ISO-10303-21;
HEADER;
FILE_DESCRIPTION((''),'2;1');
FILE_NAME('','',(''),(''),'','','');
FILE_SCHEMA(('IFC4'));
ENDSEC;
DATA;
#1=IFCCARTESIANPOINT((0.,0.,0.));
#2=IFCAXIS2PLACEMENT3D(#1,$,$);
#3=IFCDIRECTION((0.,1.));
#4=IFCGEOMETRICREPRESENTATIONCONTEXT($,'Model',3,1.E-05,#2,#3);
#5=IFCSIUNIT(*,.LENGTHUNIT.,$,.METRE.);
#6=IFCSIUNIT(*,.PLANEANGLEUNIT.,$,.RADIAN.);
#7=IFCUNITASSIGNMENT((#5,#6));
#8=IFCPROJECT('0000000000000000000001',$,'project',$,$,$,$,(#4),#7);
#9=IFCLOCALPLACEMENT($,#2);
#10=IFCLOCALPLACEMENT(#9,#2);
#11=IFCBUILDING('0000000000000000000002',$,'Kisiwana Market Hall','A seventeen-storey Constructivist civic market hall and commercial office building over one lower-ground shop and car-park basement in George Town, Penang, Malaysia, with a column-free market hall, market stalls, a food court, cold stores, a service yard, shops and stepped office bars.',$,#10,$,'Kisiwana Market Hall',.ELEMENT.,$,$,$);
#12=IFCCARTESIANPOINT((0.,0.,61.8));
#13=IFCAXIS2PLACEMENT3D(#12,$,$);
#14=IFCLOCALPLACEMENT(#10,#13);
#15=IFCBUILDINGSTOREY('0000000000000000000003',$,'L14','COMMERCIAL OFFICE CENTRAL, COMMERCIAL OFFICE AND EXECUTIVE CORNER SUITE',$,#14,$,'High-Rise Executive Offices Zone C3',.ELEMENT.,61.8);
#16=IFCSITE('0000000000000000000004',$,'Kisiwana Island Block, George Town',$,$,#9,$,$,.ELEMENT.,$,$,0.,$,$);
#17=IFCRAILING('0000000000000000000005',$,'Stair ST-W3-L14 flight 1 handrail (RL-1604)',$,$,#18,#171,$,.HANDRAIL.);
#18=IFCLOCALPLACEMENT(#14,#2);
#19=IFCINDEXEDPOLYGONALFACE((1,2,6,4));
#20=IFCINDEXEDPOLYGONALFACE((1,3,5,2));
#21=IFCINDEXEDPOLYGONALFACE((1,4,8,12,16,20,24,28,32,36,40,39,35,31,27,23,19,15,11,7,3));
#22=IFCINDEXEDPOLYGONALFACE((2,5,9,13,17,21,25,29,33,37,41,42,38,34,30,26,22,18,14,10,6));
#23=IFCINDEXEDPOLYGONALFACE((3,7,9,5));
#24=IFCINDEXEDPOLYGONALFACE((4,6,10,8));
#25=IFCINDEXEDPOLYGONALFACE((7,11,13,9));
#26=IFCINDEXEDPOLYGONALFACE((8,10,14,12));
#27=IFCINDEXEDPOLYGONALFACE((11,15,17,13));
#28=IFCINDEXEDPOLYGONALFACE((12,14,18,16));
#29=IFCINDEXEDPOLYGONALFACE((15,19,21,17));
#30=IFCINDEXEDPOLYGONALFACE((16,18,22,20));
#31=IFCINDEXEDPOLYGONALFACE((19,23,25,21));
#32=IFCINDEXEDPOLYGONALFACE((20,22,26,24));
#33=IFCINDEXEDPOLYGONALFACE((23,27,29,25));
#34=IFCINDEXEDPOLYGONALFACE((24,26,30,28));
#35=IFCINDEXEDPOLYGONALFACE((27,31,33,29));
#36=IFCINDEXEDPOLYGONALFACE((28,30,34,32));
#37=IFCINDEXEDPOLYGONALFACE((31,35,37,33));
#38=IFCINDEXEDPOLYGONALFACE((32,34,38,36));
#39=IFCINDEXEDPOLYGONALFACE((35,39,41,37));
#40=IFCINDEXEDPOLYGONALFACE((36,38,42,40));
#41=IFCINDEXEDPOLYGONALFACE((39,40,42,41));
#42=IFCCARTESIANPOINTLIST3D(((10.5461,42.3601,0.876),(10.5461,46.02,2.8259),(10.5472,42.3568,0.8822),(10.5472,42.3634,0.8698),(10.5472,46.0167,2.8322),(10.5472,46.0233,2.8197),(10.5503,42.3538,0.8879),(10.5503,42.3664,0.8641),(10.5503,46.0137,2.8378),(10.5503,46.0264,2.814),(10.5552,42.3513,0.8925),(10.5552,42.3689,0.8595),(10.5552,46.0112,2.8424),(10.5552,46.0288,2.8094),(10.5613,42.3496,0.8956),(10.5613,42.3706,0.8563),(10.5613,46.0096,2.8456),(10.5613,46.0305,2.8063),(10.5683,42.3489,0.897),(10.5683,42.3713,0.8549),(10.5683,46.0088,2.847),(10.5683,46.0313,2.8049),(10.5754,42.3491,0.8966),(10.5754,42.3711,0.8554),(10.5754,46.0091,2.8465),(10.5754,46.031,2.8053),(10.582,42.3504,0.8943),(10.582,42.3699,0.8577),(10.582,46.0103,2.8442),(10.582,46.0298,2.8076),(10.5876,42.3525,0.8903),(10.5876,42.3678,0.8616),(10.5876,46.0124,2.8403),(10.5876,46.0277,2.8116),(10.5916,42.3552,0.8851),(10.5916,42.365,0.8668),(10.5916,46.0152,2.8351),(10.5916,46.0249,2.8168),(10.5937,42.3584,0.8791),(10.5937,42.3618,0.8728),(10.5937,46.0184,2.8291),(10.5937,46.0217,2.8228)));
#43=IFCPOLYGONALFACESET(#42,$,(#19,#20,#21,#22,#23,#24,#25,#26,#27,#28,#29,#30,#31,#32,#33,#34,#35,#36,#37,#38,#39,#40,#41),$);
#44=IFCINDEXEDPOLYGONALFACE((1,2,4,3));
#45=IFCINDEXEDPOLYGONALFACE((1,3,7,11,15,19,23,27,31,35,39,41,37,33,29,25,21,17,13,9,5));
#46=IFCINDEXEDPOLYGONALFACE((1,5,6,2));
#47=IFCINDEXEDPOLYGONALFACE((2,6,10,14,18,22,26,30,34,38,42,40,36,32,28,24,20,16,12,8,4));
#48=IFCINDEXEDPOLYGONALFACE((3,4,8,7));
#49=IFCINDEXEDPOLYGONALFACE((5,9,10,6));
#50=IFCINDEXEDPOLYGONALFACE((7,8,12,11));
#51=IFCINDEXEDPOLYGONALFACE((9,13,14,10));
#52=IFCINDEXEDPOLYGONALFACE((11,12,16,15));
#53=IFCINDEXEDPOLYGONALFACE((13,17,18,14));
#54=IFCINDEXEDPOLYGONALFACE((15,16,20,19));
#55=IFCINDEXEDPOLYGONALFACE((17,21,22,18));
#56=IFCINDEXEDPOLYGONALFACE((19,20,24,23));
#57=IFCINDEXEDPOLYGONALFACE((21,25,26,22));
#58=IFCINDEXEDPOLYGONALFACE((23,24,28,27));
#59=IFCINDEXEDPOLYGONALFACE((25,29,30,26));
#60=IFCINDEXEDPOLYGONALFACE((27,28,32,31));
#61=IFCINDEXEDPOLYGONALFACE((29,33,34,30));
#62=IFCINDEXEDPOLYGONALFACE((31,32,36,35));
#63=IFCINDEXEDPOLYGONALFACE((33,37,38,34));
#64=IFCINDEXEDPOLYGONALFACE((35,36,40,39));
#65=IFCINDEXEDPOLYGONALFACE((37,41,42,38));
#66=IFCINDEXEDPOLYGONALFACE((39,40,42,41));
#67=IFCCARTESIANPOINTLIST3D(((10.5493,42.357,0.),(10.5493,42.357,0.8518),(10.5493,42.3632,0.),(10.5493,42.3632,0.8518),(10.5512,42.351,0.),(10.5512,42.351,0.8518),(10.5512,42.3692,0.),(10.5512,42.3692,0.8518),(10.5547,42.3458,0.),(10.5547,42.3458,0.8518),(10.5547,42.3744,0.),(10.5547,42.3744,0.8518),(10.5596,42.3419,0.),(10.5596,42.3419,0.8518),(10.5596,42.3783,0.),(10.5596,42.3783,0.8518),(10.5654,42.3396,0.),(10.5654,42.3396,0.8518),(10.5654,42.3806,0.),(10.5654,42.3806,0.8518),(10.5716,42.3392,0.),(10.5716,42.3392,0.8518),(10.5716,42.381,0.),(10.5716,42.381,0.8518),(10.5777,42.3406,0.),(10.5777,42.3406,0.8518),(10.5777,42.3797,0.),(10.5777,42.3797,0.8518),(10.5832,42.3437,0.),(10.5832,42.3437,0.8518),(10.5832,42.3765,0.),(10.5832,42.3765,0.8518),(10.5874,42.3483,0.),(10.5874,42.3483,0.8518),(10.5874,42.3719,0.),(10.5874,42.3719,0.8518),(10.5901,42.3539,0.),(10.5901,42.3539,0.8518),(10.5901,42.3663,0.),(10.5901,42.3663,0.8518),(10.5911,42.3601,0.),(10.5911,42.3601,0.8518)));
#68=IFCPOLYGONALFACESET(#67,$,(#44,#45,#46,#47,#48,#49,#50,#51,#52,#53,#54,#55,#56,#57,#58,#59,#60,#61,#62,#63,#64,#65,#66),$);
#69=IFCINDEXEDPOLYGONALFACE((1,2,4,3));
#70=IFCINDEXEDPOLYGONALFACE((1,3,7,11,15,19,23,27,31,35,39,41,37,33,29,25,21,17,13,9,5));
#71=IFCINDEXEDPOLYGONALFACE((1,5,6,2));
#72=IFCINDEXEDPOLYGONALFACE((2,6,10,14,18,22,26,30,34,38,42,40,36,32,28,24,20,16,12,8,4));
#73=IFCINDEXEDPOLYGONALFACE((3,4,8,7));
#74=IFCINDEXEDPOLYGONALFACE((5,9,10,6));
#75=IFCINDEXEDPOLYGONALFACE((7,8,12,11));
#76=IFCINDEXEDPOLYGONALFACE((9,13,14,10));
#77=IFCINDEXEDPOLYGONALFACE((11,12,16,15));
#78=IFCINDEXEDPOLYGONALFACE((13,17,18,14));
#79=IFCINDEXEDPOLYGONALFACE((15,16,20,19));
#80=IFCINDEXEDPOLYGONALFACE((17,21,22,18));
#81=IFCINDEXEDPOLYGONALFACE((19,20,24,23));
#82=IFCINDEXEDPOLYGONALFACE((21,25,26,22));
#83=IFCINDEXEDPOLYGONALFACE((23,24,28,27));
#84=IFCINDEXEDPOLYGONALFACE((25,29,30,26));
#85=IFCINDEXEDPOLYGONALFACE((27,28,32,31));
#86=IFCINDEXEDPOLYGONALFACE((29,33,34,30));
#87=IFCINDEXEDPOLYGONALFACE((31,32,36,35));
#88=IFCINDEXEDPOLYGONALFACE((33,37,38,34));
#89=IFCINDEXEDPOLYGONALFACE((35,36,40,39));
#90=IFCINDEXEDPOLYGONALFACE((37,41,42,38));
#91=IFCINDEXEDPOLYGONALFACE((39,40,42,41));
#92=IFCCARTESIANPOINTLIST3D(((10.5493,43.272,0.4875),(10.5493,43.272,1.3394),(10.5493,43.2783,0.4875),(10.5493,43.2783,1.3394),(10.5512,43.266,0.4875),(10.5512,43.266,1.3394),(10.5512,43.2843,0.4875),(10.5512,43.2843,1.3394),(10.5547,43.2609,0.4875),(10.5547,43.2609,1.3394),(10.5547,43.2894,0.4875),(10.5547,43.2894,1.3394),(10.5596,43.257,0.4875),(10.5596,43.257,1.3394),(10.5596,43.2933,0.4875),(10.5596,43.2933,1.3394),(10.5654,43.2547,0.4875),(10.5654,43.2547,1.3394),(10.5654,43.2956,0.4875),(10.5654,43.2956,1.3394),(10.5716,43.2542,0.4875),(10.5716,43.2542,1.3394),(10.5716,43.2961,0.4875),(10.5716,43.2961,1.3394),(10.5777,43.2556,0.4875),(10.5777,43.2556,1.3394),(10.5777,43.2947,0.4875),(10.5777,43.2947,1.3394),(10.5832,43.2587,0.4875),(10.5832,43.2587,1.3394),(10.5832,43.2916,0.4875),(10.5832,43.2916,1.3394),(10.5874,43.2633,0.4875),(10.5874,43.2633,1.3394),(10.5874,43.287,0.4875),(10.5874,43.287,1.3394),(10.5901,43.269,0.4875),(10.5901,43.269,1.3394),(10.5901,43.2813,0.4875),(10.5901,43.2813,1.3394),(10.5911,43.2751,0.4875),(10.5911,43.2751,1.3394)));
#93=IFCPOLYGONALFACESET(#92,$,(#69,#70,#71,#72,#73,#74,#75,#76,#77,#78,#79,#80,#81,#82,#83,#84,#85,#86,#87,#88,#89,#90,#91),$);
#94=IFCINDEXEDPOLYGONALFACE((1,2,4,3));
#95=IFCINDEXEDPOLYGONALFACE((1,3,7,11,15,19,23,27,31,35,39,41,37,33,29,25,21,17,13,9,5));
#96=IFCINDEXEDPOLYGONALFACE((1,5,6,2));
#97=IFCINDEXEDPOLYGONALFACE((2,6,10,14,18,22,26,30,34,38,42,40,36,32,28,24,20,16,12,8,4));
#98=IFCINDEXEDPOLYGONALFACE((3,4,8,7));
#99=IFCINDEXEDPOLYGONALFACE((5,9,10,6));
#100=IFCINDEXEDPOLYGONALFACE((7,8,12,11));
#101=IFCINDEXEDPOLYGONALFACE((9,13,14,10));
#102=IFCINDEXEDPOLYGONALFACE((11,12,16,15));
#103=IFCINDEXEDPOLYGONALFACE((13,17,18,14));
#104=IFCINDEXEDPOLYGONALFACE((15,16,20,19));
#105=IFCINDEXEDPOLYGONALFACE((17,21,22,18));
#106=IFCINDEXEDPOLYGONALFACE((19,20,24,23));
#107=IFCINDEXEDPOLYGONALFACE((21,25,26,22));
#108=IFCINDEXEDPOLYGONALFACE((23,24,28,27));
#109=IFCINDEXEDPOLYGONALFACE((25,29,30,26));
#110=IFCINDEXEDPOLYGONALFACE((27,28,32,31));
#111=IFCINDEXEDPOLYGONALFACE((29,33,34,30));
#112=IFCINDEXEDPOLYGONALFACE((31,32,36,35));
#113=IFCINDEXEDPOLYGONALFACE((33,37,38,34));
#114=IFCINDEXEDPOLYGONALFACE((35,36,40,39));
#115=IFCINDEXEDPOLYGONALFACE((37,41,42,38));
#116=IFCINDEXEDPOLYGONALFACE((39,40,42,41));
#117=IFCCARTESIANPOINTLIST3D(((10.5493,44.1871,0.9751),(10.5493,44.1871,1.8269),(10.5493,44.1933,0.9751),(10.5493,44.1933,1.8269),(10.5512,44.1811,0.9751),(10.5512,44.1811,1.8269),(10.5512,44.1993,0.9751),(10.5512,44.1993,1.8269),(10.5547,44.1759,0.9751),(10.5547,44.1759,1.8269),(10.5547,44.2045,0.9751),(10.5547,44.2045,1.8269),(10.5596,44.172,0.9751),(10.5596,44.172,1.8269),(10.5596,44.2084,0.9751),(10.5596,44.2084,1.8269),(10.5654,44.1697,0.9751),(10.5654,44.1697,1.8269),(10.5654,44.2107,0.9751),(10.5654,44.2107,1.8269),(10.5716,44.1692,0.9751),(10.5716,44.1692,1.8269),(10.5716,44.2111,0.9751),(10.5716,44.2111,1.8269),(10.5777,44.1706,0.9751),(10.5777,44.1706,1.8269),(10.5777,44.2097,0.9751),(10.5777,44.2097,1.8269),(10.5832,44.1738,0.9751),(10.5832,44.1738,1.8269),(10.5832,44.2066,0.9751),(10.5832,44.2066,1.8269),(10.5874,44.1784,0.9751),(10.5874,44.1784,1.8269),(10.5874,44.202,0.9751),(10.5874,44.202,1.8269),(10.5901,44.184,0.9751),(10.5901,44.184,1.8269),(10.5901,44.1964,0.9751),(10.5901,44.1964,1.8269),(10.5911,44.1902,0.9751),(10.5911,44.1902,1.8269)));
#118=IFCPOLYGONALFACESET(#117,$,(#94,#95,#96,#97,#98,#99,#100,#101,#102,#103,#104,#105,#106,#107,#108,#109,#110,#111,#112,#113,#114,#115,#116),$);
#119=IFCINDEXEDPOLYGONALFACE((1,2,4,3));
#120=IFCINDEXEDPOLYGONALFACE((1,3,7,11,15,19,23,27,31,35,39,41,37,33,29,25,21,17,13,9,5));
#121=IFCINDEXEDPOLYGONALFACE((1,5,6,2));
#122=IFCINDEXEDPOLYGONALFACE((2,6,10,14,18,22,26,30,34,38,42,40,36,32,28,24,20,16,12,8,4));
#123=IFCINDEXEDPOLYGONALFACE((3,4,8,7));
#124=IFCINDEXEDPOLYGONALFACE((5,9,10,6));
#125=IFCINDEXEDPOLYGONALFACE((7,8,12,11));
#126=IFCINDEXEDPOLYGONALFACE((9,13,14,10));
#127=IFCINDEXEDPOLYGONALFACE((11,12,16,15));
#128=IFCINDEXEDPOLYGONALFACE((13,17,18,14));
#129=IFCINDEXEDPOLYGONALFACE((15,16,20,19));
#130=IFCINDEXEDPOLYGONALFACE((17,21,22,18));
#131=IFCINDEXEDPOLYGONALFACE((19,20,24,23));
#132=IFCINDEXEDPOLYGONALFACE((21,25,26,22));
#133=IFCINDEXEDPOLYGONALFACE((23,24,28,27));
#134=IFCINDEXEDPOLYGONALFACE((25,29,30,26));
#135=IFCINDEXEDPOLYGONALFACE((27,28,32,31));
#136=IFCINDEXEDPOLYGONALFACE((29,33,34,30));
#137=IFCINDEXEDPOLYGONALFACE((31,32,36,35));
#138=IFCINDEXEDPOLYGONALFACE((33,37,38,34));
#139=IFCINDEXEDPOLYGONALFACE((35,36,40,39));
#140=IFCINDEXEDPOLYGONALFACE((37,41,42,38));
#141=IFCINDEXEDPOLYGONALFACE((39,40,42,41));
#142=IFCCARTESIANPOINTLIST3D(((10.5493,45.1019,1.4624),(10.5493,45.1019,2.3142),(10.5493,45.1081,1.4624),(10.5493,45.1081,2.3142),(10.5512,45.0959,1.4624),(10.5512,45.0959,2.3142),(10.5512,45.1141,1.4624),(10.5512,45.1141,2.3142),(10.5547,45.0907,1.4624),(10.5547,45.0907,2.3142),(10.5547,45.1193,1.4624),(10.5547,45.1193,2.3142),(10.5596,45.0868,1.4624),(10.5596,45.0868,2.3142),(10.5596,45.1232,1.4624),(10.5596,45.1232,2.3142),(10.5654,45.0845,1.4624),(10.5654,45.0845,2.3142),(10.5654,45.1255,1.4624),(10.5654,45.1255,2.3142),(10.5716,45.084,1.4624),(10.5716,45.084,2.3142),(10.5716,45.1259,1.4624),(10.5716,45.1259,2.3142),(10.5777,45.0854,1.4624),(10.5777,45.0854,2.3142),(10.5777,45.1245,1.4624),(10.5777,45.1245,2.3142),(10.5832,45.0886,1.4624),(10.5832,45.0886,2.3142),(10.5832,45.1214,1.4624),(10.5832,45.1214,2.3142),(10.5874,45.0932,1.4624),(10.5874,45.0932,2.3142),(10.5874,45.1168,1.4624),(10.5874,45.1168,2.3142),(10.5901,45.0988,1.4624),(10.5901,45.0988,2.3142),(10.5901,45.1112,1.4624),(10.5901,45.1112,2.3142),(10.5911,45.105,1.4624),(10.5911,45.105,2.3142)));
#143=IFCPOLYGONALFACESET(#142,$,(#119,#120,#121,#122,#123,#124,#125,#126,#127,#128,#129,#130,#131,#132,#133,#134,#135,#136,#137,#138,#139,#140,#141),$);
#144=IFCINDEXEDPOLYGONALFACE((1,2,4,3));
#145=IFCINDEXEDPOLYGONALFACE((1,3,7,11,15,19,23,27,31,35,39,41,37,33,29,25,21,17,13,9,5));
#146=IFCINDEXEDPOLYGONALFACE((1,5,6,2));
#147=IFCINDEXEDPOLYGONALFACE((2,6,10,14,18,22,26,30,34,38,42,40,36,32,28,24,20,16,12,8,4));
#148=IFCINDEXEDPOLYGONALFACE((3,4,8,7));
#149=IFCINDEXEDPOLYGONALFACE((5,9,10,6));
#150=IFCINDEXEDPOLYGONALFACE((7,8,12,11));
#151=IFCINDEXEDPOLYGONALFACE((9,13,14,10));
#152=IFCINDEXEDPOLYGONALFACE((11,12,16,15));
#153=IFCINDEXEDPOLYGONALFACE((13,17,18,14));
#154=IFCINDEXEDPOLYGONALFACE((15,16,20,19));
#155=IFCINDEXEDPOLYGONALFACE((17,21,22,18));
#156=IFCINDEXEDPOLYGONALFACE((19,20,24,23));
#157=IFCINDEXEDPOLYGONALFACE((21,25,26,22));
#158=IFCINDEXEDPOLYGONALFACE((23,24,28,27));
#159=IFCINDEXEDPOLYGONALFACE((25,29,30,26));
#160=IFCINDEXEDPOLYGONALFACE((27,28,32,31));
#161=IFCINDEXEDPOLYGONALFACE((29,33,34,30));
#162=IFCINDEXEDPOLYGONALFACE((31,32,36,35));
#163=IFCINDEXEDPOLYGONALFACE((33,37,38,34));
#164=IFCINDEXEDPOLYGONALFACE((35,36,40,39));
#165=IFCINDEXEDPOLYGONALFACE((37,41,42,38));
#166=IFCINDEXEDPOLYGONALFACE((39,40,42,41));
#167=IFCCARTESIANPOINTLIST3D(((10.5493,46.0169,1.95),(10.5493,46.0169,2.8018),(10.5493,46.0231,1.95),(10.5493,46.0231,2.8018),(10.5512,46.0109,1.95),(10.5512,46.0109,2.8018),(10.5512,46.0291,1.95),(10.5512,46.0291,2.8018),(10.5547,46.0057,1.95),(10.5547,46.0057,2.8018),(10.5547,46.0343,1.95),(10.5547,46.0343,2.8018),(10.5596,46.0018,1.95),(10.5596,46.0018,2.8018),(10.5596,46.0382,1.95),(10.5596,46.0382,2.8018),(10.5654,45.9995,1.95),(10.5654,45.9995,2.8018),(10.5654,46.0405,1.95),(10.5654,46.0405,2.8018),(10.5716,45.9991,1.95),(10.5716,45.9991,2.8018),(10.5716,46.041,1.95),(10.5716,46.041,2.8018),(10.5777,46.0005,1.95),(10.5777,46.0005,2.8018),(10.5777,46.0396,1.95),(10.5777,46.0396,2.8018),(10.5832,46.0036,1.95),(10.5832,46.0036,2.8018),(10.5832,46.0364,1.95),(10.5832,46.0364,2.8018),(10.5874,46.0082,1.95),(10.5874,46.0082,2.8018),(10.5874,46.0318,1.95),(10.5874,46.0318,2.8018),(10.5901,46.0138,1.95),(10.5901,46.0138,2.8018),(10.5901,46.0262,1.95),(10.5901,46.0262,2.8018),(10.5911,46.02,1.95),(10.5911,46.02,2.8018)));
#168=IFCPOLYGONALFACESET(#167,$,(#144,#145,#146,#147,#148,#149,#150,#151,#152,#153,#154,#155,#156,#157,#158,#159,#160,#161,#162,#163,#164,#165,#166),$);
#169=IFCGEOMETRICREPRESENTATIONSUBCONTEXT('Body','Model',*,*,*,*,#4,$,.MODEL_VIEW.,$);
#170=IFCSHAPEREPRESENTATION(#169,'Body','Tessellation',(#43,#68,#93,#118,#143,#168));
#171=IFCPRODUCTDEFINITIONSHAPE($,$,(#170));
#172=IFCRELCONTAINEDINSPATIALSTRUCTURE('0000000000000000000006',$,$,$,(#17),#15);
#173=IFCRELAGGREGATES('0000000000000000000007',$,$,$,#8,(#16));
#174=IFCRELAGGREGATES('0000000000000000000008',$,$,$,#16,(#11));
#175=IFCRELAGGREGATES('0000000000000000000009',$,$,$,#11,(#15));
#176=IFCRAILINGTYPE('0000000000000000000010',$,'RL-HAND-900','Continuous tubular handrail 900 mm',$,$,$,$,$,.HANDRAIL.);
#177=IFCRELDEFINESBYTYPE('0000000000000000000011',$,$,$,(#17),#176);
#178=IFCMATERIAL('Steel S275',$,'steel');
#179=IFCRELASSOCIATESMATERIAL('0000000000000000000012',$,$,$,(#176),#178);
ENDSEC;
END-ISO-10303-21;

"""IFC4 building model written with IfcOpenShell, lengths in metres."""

from ifc_helpers import new_model, si_unit, direction, frame, origin, origin_2d, place, context, subcontext, project, spatial, circle, extrude, material, type_object, element, save


model = new_model("IFC4")

# Units and contexts
model_context = context("Model", 3, precision=1e-05, world=origin(), true_north=direction((0.0, 1.0)))
body_context = subcontext(model_context, "Body", "Model", "MODEL_VIEW")
ifc_project = project(units=[si_unit("LENGTHUNIT", "METRE"), si_unit("PLANEANGLEUNIT", "RADIAN")], contexts=[model_context])

# Site, building, storey
site_placement = place(None, origin())
site = spatial("IfcSite", under=ifc_project, at=site_placement, Name="Kisiwana Island Block, George Town", CompositionType="ELEMENT", RefElevation=0.0)
building_placement = place(site_placement, origin())
building = spatial("IfcBuilding", under=site, at=building_placement, Name="Kisiwana Market Hall", Description="A seventeen-storey Constructivist civic market hall and commercial office building over one lower-ground shop and car-park basement in George Town, Penang, Malaysia, with a column-free market hall, market stalls, a food court, cold stores, a service yard, shops and stepped office bars.", LongName="Kisiwana Market Hall", CompositionType="ELEMENT")
storey_placement = place(building_placement, frame((0.0, 0.0, 61.8)))
storey = spatial("IfcBuildingStorey", under=building, at=storey_placement, Name="L14", Description="COMMERCIAL OFFICE CENTRAL, COMMERCIAL OFFICE AND EXECUTIVE CORNER SUITE", LongName="High-Rise Executive Offices Zone C3", CompositionType="ELEMENT", Elevation=61.8)

# Railing
ifc_material_1 = material(Name="Steel S275", Category="steel")
railing_type_1 = type_object("IfcRailingType", Name="RL-HAND-900", Description="Continuous tubular handrail 900 mm", PredefinedType="HANDRAIL", material=ifc_material_1)
for number, where, name in (
    (1, (10.5701, 42.3601, 0.0), "Stair ST-W3-L14 flight 1 handrail (RL-1604)"),
):
    element("IfcRailing", number, at=place(storey_placement, frame(where)), inside=storey, type_object=railing_type_1, Name=name, PredefinedType="HANDRAIL", context=body_context, shape_type="SweptSolid", body=[
        extrude(circle(Radius=0.0239, at=origin_2d()), frame((0.0, 0.0, 0.876), z_axis=(0.0, 0.882553, 0.470212), x_axis=(-1.0, 0.0, 0.0)), (0.0, 0.0, 1.0), 4.147),
        extrude(circle(Radius=0.021, at=origin_2d()), origin(), (0.0, 0.0, 1.0), 0.8518),
        extrude(circle(Radius=0.021, at=origin_2d()), frame((0.0, 0.915, 0.4875)), (0.0, 0.0, 1.0), 0.8518),
        extrude(circle(Radius=0.021, at=origin_2d()), frame((0.0, 1.8301, 0.9751)), (0.0, 0.0, 1.0), 0.8518),
        extrude(circle(Radius=0.021, at=origin_2d()), frame((0.0, 2.7449, 1.4624)), (0.0, 0.0, 1.0), 0.8518),
        extrude(circle(Radius=0.021, at=origin_2d()), frame((0.0, 3.6599, 1.95)), (0.0, 0.0, 1.0), 0.8518),
    ])

save(model, "model.ifc")
